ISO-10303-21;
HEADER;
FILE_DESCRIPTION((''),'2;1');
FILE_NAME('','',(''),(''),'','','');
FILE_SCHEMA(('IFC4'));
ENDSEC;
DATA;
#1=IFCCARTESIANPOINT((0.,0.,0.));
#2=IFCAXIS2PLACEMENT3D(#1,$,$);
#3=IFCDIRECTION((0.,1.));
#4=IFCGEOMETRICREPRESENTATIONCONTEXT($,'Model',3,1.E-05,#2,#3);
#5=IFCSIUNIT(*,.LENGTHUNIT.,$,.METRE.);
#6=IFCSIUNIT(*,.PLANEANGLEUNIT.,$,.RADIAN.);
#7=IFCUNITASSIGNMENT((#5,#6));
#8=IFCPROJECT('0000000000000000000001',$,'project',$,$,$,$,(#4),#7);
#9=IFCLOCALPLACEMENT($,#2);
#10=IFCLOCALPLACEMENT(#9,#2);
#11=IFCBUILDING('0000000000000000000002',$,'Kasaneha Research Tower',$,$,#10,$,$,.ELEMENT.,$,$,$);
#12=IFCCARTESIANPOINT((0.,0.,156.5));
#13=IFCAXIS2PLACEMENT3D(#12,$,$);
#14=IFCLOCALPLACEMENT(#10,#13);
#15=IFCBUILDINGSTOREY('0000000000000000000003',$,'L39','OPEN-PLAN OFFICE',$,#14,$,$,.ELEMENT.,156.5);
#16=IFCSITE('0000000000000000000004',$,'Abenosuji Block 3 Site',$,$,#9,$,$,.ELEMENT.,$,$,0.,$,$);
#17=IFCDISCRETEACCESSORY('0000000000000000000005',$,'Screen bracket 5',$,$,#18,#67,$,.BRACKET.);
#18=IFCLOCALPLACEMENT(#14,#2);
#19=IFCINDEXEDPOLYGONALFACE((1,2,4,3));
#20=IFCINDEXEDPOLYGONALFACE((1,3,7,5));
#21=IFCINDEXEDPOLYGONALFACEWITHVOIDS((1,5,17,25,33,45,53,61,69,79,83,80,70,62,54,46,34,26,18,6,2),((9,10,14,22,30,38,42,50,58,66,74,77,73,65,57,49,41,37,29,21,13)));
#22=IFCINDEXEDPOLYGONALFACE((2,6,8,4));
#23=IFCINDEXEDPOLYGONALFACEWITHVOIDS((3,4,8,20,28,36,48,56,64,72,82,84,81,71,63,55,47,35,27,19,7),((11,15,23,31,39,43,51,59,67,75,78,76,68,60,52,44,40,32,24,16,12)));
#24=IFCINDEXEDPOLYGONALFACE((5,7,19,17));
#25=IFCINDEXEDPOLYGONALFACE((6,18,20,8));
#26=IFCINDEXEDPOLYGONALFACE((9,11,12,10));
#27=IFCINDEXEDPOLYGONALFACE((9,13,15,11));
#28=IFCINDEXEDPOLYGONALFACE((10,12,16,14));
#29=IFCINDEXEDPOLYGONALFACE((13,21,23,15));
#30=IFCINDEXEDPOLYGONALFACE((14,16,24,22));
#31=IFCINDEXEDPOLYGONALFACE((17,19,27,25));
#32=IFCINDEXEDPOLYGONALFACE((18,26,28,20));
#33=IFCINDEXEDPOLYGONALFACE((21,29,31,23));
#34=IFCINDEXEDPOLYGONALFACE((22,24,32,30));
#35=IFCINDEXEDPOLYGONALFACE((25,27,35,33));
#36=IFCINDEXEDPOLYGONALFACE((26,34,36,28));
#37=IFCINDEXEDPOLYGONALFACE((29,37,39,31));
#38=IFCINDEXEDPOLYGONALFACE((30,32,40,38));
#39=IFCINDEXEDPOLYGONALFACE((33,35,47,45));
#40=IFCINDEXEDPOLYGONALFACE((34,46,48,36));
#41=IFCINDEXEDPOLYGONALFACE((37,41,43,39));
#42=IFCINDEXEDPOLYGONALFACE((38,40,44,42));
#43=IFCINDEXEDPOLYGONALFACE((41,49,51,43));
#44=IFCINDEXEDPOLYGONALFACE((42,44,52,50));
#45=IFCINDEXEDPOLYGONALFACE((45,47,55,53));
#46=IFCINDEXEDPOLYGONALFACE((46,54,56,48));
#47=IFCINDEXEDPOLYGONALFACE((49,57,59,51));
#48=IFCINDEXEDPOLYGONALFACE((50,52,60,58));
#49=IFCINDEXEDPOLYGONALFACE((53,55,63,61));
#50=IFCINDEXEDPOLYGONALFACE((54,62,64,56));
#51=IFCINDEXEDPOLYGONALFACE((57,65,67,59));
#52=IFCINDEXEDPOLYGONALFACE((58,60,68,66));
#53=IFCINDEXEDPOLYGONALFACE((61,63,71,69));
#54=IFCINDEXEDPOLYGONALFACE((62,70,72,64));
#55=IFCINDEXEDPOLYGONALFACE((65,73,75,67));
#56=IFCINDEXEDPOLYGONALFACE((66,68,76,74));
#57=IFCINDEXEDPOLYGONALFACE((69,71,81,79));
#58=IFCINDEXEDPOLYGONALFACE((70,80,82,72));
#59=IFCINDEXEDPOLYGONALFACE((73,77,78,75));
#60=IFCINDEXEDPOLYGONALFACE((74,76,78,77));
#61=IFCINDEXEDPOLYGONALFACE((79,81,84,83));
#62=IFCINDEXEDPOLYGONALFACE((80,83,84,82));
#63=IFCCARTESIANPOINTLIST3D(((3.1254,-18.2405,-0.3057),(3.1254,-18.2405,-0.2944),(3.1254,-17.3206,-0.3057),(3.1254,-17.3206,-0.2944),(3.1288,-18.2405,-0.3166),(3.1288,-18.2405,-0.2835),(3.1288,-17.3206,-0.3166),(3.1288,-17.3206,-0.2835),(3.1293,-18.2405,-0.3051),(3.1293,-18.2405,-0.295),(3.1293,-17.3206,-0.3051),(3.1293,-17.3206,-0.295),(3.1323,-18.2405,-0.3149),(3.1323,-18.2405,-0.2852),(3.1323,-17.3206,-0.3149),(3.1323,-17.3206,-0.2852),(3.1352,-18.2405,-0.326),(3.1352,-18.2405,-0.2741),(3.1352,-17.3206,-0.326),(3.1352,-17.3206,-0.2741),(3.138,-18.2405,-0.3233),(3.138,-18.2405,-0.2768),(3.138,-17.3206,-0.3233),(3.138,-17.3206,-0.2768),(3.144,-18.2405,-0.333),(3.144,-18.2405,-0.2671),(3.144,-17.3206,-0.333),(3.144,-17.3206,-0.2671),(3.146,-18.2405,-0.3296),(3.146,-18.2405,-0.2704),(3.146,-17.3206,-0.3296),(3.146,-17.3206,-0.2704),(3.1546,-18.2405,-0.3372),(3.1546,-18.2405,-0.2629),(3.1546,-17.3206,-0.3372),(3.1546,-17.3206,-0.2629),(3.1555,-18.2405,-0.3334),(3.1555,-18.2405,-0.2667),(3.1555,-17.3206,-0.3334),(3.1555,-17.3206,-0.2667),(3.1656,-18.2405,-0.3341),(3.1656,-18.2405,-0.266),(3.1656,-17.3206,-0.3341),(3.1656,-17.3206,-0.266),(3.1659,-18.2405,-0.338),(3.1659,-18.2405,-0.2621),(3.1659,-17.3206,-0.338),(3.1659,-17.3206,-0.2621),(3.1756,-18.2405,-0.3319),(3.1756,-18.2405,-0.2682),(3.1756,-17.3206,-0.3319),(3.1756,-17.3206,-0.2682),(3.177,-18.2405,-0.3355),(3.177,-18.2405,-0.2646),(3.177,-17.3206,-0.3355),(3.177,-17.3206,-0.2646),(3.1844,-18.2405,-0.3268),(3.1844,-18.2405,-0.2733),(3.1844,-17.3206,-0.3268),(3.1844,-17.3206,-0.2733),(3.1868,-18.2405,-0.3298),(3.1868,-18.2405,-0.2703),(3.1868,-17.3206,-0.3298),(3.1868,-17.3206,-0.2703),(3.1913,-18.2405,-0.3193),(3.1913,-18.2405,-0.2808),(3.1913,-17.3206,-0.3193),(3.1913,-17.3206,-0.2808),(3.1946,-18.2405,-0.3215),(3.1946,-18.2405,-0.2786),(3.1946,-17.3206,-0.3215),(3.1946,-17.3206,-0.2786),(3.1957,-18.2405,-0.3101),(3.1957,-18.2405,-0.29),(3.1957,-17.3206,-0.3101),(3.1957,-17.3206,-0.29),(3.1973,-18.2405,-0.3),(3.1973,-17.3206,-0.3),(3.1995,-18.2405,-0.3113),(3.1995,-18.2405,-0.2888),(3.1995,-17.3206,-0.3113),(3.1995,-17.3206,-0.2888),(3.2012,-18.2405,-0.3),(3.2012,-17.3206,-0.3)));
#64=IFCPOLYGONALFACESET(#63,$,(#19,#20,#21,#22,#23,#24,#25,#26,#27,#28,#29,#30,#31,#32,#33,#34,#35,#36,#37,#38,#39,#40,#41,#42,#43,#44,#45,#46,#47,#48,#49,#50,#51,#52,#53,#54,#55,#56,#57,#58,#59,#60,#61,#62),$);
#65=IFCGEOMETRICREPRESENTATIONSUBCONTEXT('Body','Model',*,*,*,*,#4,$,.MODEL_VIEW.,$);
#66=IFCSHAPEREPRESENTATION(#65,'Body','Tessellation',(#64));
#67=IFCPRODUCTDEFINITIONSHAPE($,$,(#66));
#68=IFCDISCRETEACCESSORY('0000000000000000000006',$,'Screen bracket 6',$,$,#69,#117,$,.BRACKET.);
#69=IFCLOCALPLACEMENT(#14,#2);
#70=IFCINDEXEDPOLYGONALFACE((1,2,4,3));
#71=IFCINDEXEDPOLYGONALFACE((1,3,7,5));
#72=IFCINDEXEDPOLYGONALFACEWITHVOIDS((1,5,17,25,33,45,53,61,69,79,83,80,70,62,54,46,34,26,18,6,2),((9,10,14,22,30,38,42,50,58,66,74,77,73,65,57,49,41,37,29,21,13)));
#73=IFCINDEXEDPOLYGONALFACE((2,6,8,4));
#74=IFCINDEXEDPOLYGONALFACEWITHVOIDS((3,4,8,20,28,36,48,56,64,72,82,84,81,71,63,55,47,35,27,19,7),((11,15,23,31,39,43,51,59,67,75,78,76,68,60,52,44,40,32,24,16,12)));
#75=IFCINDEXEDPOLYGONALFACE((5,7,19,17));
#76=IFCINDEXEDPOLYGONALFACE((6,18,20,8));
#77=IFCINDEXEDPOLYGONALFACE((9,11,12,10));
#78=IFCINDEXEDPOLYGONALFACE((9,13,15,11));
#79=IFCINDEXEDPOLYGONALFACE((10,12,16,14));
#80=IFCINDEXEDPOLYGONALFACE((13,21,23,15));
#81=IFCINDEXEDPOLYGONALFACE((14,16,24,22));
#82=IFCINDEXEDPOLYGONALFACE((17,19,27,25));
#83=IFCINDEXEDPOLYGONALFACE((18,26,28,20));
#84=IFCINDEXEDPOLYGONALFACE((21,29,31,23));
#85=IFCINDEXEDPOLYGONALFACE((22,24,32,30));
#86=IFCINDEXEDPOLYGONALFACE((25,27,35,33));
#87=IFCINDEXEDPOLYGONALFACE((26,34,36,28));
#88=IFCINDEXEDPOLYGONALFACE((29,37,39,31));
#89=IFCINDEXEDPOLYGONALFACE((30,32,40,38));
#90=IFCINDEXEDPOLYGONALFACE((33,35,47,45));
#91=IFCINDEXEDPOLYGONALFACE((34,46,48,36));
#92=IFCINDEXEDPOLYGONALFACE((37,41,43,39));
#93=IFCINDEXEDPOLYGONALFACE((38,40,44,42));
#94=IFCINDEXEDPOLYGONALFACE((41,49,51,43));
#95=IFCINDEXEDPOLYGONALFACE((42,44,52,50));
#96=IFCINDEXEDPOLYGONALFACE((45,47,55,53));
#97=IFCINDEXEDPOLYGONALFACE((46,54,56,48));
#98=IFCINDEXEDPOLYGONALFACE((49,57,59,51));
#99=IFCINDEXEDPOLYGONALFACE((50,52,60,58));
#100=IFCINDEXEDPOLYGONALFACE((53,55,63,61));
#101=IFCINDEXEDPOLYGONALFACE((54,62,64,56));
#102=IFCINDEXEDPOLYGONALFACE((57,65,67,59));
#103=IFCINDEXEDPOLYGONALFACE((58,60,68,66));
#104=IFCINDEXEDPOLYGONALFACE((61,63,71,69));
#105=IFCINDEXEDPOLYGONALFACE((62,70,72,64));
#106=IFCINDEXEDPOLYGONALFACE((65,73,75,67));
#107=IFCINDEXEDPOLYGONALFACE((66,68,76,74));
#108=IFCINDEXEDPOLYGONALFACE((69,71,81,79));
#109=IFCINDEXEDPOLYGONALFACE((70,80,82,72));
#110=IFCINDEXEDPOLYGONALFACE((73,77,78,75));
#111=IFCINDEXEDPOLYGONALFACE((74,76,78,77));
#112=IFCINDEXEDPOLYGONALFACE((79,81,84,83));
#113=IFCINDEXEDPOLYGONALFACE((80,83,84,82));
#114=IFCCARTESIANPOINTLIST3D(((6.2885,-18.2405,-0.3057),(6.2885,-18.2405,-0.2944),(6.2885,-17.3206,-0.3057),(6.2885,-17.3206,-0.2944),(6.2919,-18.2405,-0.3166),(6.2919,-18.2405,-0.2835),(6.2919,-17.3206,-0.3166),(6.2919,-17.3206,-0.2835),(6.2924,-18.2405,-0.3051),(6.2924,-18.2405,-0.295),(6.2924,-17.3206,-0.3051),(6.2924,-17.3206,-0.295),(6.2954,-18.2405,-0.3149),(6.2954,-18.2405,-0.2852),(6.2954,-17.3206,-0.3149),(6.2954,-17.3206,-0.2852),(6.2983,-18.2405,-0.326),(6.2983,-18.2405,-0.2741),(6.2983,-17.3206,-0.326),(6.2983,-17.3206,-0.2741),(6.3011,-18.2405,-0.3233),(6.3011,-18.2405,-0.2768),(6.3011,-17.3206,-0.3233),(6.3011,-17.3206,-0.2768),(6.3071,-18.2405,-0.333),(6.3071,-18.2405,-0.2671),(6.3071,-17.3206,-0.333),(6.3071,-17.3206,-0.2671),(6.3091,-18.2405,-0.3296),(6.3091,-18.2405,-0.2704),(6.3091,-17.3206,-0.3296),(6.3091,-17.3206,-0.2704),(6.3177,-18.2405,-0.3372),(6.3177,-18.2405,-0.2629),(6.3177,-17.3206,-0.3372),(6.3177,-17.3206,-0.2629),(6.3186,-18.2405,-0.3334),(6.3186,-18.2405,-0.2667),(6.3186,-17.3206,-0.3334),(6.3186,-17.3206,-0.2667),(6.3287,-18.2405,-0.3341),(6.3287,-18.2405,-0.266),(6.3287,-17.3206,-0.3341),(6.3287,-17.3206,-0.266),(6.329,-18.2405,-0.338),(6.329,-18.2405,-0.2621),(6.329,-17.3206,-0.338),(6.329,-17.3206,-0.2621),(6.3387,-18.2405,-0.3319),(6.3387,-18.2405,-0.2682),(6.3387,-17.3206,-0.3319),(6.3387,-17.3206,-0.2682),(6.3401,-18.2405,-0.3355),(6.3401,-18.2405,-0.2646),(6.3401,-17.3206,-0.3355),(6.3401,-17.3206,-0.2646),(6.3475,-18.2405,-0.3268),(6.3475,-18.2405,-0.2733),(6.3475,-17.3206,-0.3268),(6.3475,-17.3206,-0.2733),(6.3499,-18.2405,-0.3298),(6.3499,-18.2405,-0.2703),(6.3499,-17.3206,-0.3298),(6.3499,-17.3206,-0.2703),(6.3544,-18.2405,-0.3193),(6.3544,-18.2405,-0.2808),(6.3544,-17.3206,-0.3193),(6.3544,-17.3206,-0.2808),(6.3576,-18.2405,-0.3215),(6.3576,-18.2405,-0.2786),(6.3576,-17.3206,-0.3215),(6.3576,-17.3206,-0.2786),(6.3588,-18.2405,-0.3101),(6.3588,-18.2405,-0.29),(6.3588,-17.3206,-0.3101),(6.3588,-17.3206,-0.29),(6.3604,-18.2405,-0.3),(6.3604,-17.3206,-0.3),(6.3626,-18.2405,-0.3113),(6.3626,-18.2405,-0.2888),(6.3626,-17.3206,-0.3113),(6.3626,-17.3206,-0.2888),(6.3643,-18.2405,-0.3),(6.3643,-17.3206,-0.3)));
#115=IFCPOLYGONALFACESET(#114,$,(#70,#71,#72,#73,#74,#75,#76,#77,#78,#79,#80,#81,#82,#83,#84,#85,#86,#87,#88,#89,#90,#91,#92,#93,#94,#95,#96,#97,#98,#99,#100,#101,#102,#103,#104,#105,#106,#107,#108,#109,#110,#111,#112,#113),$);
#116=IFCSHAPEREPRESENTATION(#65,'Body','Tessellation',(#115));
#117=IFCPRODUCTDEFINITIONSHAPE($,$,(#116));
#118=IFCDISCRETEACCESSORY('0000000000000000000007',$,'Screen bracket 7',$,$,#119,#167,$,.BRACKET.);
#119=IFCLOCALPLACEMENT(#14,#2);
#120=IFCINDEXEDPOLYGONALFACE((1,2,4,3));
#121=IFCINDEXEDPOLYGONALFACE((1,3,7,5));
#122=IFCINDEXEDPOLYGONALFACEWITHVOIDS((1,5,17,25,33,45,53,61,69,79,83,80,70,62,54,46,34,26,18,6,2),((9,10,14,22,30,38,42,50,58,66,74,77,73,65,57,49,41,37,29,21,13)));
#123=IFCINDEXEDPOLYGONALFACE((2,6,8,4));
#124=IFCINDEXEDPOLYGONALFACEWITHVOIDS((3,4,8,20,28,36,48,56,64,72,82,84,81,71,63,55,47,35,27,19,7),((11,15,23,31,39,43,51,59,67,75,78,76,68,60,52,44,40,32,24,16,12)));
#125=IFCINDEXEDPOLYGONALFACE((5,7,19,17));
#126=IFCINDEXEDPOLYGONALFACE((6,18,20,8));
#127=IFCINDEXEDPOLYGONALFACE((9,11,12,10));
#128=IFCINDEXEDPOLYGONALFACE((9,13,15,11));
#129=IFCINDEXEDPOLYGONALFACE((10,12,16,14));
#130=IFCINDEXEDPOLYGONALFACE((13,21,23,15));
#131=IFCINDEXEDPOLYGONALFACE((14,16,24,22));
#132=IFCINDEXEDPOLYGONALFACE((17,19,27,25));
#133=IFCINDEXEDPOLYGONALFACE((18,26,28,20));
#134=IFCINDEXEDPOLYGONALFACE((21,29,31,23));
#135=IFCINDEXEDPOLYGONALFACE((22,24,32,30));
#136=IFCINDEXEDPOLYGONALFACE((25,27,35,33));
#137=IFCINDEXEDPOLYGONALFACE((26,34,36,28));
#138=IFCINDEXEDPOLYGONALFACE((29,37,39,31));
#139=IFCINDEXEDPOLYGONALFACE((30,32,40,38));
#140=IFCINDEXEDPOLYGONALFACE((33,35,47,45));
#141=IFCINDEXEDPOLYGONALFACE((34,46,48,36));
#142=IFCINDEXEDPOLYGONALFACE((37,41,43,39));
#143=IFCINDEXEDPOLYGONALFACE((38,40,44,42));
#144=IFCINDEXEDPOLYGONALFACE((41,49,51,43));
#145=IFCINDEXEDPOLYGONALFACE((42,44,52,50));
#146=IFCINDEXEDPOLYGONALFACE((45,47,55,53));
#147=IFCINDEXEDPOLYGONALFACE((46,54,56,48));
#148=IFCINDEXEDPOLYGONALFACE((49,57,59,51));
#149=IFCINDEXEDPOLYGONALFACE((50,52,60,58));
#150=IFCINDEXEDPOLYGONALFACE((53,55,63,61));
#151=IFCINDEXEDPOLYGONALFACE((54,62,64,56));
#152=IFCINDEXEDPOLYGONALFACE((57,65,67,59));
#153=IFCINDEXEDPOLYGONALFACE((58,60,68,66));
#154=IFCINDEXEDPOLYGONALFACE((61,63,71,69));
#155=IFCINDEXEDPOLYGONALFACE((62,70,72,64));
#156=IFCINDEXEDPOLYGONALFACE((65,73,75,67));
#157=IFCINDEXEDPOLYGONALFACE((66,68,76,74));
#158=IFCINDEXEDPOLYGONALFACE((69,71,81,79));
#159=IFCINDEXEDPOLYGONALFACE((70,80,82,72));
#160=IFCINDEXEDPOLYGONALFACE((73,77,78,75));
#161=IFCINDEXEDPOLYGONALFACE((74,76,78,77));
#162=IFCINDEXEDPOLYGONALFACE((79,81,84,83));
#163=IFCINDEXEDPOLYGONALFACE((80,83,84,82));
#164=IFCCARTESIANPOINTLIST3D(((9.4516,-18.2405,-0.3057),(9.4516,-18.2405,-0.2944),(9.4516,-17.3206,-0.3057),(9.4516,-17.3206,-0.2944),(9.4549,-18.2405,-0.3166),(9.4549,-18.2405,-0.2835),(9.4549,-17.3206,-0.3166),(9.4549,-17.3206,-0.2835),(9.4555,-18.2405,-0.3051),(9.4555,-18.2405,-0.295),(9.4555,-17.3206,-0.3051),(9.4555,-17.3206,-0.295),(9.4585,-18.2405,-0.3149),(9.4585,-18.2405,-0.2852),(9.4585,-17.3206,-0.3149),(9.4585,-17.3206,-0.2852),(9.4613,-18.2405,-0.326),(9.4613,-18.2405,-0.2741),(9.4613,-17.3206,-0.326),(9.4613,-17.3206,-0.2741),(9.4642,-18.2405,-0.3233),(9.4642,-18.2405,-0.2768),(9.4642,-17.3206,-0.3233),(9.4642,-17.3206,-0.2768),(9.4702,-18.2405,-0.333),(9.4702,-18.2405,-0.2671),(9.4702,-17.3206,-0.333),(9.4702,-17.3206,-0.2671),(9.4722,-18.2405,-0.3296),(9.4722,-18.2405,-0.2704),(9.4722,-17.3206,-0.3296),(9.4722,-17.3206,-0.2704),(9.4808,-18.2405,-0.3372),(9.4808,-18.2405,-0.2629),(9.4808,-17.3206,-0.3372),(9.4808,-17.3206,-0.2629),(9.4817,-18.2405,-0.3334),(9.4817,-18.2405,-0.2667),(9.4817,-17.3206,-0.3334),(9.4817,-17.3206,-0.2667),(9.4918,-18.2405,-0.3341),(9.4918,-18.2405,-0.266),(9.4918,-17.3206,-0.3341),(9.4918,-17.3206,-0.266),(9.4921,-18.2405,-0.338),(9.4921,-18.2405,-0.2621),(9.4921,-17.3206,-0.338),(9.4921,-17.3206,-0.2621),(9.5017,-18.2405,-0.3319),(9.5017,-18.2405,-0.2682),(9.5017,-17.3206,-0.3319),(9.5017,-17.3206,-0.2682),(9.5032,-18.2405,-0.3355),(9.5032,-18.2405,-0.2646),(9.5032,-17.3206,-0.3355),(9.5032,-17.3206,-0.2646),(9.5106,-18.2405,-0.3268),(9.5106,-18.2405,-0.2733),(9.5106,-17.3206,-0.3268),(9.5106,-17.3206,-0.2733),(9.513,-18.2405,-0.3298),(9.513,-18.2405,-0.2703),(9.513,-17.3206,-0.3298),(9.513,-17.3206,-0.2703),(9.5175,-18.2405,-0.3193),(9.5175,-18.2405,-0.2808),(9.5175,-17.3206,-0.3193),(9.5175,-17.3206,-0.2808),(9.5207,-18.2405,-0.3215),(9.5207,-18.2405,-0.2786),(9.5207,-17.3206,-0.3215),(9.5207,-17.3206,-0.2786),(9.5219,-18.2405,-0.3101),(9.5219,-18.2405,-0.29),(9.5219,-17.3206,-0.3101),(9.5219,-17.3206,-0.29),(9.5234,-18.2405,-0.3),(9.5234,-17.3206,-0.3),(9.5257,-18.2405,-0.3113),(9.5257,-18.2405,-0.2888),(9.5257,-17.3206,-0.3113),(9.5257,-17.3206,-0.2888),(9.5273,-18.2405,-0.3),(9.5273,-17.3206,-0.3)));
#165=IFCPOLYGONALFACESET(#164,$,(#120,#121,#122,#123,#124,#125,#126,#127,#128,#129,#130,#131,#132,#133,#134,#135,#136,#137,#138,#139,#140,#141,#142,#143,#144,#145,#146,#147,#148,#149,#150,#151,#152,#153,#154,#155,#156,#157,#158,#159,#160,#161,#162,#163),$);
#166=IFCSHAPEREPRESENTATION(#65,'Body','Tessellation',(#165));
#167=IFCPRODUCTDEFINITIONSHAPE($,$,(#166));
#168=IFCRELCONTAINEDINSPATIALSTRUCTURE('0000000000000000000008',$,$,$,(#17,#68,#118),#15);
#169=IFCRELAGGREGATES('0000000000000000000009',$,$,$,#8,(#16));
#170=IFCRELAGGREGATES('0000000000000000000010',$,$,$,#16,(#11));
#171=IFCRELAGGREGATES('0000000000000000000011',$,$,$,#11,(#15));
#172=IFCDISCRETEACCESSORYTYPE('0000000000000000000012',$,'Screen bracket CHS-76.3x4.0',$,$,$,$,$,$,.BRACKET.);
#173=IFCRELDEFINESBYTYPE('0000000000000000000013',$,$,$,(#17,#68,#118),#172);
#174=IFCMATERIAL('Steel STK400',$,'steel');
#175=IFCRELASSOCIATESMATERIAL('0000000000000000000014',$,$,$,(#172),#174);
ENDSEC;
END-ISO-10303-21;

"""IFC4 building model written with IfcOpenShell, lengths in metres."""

from ifc_helpers import new_model, si_unit, direction, frame, origin, origin_2d, place, context, subcontext, project, spatial, hollow_circle, extrude, material, material_profile, profile_set, type_object, element, save


model = new_model("IFC4")

# Units and contexts
model_context = context("Model", 3, precision=1e-05, world=origin(), true_north=direction((0.0, 1.0)))
body_context = subcontext(model_context, "Body", "Model", "MODEL_VIEW")
ifc_project = project(units=[si_unit("LENGTHUNIT", "METRE"), si_unit("PLANEANGLEUNIT", "RADIAN")], contexts=[model_context])

# Site, building, storey
site_placement = place(None, origin())
site = spatial("IfcSite", under=ifc_project, at=site_placement, Name="Abenosuji Block 3 Site", CompositionType="ELEMENT", RefElevation=0.0)
building_placement = place(site_placement, origin())
building = spatial("IfcBuilding", under=site, at=building_placement, Name="Kasaneha Research Tower", CompositionType="ELEMENT")
storey_placement = place(building_placement, frame((0.0, 0.0, 156.5)))
storey = spatial("IfcBuildingStorey", under=building, at=storey_placement, Name="L39", Description="OPEN-PLAN OFFICE", CompositionType="ELEMENT", Elevation=156.5)

# Discrete accessories
ifc_material_1 = material(Name="Steel STK400", Category="steel")
ifc_material_profile_1 = material_profile(ifc_material_1, hollow_circle(Radius=0.0381, WallThickness=0.0039, at=origin_2d()), Name="CHS-76.3x4.0")
ifc_profile_set_1 = profile_set([ifc_material_profile_1], Name="Steel STK400")
discrete_accessory_type = type_object("IfcDiscreteAccessoryType", Name="Screen bracket CHS-76.3x4.0", PredefinedType="BRACKET", material=ifc_profile_set_1)
for number, where, z_axis, x_axis, name in (
    (1, (3.1631, -17.3206, -0.3), (0.0, -1.0, 0.0), (1.0, 0.0, 0.0), "Screen bracket 5"),
    (2, (6.3262, -17.3206, -0.3), (0.0, -1.0, 0.0), (1.0, 0.0, 0.0), "Screen bracket 6"),
    (3, (9.4893, -17.3206, -0.3), (0.0, -1.0, 0.0), (1.0, 0.0, 0.0), "Screen bracket 7"),
):
    element("IfcDiscreteAccessory", number, at=place(storey_placement, frame(where, z_axis=z_axis, x_axis=x_axis)), inside=storey, type_object=discrete_accessory_type, Name=name, PredefinedType="BRACKET", context=body_context, shape_type="SweptSolid", body=[
        extrude(hollow_circle(Radius=0.0381, WallThickness=0.0039, at=origin_2d()), origin(), (0.0, 0.0, 1.0), 0.9199),
    ])

save(model, "model.ifc")
